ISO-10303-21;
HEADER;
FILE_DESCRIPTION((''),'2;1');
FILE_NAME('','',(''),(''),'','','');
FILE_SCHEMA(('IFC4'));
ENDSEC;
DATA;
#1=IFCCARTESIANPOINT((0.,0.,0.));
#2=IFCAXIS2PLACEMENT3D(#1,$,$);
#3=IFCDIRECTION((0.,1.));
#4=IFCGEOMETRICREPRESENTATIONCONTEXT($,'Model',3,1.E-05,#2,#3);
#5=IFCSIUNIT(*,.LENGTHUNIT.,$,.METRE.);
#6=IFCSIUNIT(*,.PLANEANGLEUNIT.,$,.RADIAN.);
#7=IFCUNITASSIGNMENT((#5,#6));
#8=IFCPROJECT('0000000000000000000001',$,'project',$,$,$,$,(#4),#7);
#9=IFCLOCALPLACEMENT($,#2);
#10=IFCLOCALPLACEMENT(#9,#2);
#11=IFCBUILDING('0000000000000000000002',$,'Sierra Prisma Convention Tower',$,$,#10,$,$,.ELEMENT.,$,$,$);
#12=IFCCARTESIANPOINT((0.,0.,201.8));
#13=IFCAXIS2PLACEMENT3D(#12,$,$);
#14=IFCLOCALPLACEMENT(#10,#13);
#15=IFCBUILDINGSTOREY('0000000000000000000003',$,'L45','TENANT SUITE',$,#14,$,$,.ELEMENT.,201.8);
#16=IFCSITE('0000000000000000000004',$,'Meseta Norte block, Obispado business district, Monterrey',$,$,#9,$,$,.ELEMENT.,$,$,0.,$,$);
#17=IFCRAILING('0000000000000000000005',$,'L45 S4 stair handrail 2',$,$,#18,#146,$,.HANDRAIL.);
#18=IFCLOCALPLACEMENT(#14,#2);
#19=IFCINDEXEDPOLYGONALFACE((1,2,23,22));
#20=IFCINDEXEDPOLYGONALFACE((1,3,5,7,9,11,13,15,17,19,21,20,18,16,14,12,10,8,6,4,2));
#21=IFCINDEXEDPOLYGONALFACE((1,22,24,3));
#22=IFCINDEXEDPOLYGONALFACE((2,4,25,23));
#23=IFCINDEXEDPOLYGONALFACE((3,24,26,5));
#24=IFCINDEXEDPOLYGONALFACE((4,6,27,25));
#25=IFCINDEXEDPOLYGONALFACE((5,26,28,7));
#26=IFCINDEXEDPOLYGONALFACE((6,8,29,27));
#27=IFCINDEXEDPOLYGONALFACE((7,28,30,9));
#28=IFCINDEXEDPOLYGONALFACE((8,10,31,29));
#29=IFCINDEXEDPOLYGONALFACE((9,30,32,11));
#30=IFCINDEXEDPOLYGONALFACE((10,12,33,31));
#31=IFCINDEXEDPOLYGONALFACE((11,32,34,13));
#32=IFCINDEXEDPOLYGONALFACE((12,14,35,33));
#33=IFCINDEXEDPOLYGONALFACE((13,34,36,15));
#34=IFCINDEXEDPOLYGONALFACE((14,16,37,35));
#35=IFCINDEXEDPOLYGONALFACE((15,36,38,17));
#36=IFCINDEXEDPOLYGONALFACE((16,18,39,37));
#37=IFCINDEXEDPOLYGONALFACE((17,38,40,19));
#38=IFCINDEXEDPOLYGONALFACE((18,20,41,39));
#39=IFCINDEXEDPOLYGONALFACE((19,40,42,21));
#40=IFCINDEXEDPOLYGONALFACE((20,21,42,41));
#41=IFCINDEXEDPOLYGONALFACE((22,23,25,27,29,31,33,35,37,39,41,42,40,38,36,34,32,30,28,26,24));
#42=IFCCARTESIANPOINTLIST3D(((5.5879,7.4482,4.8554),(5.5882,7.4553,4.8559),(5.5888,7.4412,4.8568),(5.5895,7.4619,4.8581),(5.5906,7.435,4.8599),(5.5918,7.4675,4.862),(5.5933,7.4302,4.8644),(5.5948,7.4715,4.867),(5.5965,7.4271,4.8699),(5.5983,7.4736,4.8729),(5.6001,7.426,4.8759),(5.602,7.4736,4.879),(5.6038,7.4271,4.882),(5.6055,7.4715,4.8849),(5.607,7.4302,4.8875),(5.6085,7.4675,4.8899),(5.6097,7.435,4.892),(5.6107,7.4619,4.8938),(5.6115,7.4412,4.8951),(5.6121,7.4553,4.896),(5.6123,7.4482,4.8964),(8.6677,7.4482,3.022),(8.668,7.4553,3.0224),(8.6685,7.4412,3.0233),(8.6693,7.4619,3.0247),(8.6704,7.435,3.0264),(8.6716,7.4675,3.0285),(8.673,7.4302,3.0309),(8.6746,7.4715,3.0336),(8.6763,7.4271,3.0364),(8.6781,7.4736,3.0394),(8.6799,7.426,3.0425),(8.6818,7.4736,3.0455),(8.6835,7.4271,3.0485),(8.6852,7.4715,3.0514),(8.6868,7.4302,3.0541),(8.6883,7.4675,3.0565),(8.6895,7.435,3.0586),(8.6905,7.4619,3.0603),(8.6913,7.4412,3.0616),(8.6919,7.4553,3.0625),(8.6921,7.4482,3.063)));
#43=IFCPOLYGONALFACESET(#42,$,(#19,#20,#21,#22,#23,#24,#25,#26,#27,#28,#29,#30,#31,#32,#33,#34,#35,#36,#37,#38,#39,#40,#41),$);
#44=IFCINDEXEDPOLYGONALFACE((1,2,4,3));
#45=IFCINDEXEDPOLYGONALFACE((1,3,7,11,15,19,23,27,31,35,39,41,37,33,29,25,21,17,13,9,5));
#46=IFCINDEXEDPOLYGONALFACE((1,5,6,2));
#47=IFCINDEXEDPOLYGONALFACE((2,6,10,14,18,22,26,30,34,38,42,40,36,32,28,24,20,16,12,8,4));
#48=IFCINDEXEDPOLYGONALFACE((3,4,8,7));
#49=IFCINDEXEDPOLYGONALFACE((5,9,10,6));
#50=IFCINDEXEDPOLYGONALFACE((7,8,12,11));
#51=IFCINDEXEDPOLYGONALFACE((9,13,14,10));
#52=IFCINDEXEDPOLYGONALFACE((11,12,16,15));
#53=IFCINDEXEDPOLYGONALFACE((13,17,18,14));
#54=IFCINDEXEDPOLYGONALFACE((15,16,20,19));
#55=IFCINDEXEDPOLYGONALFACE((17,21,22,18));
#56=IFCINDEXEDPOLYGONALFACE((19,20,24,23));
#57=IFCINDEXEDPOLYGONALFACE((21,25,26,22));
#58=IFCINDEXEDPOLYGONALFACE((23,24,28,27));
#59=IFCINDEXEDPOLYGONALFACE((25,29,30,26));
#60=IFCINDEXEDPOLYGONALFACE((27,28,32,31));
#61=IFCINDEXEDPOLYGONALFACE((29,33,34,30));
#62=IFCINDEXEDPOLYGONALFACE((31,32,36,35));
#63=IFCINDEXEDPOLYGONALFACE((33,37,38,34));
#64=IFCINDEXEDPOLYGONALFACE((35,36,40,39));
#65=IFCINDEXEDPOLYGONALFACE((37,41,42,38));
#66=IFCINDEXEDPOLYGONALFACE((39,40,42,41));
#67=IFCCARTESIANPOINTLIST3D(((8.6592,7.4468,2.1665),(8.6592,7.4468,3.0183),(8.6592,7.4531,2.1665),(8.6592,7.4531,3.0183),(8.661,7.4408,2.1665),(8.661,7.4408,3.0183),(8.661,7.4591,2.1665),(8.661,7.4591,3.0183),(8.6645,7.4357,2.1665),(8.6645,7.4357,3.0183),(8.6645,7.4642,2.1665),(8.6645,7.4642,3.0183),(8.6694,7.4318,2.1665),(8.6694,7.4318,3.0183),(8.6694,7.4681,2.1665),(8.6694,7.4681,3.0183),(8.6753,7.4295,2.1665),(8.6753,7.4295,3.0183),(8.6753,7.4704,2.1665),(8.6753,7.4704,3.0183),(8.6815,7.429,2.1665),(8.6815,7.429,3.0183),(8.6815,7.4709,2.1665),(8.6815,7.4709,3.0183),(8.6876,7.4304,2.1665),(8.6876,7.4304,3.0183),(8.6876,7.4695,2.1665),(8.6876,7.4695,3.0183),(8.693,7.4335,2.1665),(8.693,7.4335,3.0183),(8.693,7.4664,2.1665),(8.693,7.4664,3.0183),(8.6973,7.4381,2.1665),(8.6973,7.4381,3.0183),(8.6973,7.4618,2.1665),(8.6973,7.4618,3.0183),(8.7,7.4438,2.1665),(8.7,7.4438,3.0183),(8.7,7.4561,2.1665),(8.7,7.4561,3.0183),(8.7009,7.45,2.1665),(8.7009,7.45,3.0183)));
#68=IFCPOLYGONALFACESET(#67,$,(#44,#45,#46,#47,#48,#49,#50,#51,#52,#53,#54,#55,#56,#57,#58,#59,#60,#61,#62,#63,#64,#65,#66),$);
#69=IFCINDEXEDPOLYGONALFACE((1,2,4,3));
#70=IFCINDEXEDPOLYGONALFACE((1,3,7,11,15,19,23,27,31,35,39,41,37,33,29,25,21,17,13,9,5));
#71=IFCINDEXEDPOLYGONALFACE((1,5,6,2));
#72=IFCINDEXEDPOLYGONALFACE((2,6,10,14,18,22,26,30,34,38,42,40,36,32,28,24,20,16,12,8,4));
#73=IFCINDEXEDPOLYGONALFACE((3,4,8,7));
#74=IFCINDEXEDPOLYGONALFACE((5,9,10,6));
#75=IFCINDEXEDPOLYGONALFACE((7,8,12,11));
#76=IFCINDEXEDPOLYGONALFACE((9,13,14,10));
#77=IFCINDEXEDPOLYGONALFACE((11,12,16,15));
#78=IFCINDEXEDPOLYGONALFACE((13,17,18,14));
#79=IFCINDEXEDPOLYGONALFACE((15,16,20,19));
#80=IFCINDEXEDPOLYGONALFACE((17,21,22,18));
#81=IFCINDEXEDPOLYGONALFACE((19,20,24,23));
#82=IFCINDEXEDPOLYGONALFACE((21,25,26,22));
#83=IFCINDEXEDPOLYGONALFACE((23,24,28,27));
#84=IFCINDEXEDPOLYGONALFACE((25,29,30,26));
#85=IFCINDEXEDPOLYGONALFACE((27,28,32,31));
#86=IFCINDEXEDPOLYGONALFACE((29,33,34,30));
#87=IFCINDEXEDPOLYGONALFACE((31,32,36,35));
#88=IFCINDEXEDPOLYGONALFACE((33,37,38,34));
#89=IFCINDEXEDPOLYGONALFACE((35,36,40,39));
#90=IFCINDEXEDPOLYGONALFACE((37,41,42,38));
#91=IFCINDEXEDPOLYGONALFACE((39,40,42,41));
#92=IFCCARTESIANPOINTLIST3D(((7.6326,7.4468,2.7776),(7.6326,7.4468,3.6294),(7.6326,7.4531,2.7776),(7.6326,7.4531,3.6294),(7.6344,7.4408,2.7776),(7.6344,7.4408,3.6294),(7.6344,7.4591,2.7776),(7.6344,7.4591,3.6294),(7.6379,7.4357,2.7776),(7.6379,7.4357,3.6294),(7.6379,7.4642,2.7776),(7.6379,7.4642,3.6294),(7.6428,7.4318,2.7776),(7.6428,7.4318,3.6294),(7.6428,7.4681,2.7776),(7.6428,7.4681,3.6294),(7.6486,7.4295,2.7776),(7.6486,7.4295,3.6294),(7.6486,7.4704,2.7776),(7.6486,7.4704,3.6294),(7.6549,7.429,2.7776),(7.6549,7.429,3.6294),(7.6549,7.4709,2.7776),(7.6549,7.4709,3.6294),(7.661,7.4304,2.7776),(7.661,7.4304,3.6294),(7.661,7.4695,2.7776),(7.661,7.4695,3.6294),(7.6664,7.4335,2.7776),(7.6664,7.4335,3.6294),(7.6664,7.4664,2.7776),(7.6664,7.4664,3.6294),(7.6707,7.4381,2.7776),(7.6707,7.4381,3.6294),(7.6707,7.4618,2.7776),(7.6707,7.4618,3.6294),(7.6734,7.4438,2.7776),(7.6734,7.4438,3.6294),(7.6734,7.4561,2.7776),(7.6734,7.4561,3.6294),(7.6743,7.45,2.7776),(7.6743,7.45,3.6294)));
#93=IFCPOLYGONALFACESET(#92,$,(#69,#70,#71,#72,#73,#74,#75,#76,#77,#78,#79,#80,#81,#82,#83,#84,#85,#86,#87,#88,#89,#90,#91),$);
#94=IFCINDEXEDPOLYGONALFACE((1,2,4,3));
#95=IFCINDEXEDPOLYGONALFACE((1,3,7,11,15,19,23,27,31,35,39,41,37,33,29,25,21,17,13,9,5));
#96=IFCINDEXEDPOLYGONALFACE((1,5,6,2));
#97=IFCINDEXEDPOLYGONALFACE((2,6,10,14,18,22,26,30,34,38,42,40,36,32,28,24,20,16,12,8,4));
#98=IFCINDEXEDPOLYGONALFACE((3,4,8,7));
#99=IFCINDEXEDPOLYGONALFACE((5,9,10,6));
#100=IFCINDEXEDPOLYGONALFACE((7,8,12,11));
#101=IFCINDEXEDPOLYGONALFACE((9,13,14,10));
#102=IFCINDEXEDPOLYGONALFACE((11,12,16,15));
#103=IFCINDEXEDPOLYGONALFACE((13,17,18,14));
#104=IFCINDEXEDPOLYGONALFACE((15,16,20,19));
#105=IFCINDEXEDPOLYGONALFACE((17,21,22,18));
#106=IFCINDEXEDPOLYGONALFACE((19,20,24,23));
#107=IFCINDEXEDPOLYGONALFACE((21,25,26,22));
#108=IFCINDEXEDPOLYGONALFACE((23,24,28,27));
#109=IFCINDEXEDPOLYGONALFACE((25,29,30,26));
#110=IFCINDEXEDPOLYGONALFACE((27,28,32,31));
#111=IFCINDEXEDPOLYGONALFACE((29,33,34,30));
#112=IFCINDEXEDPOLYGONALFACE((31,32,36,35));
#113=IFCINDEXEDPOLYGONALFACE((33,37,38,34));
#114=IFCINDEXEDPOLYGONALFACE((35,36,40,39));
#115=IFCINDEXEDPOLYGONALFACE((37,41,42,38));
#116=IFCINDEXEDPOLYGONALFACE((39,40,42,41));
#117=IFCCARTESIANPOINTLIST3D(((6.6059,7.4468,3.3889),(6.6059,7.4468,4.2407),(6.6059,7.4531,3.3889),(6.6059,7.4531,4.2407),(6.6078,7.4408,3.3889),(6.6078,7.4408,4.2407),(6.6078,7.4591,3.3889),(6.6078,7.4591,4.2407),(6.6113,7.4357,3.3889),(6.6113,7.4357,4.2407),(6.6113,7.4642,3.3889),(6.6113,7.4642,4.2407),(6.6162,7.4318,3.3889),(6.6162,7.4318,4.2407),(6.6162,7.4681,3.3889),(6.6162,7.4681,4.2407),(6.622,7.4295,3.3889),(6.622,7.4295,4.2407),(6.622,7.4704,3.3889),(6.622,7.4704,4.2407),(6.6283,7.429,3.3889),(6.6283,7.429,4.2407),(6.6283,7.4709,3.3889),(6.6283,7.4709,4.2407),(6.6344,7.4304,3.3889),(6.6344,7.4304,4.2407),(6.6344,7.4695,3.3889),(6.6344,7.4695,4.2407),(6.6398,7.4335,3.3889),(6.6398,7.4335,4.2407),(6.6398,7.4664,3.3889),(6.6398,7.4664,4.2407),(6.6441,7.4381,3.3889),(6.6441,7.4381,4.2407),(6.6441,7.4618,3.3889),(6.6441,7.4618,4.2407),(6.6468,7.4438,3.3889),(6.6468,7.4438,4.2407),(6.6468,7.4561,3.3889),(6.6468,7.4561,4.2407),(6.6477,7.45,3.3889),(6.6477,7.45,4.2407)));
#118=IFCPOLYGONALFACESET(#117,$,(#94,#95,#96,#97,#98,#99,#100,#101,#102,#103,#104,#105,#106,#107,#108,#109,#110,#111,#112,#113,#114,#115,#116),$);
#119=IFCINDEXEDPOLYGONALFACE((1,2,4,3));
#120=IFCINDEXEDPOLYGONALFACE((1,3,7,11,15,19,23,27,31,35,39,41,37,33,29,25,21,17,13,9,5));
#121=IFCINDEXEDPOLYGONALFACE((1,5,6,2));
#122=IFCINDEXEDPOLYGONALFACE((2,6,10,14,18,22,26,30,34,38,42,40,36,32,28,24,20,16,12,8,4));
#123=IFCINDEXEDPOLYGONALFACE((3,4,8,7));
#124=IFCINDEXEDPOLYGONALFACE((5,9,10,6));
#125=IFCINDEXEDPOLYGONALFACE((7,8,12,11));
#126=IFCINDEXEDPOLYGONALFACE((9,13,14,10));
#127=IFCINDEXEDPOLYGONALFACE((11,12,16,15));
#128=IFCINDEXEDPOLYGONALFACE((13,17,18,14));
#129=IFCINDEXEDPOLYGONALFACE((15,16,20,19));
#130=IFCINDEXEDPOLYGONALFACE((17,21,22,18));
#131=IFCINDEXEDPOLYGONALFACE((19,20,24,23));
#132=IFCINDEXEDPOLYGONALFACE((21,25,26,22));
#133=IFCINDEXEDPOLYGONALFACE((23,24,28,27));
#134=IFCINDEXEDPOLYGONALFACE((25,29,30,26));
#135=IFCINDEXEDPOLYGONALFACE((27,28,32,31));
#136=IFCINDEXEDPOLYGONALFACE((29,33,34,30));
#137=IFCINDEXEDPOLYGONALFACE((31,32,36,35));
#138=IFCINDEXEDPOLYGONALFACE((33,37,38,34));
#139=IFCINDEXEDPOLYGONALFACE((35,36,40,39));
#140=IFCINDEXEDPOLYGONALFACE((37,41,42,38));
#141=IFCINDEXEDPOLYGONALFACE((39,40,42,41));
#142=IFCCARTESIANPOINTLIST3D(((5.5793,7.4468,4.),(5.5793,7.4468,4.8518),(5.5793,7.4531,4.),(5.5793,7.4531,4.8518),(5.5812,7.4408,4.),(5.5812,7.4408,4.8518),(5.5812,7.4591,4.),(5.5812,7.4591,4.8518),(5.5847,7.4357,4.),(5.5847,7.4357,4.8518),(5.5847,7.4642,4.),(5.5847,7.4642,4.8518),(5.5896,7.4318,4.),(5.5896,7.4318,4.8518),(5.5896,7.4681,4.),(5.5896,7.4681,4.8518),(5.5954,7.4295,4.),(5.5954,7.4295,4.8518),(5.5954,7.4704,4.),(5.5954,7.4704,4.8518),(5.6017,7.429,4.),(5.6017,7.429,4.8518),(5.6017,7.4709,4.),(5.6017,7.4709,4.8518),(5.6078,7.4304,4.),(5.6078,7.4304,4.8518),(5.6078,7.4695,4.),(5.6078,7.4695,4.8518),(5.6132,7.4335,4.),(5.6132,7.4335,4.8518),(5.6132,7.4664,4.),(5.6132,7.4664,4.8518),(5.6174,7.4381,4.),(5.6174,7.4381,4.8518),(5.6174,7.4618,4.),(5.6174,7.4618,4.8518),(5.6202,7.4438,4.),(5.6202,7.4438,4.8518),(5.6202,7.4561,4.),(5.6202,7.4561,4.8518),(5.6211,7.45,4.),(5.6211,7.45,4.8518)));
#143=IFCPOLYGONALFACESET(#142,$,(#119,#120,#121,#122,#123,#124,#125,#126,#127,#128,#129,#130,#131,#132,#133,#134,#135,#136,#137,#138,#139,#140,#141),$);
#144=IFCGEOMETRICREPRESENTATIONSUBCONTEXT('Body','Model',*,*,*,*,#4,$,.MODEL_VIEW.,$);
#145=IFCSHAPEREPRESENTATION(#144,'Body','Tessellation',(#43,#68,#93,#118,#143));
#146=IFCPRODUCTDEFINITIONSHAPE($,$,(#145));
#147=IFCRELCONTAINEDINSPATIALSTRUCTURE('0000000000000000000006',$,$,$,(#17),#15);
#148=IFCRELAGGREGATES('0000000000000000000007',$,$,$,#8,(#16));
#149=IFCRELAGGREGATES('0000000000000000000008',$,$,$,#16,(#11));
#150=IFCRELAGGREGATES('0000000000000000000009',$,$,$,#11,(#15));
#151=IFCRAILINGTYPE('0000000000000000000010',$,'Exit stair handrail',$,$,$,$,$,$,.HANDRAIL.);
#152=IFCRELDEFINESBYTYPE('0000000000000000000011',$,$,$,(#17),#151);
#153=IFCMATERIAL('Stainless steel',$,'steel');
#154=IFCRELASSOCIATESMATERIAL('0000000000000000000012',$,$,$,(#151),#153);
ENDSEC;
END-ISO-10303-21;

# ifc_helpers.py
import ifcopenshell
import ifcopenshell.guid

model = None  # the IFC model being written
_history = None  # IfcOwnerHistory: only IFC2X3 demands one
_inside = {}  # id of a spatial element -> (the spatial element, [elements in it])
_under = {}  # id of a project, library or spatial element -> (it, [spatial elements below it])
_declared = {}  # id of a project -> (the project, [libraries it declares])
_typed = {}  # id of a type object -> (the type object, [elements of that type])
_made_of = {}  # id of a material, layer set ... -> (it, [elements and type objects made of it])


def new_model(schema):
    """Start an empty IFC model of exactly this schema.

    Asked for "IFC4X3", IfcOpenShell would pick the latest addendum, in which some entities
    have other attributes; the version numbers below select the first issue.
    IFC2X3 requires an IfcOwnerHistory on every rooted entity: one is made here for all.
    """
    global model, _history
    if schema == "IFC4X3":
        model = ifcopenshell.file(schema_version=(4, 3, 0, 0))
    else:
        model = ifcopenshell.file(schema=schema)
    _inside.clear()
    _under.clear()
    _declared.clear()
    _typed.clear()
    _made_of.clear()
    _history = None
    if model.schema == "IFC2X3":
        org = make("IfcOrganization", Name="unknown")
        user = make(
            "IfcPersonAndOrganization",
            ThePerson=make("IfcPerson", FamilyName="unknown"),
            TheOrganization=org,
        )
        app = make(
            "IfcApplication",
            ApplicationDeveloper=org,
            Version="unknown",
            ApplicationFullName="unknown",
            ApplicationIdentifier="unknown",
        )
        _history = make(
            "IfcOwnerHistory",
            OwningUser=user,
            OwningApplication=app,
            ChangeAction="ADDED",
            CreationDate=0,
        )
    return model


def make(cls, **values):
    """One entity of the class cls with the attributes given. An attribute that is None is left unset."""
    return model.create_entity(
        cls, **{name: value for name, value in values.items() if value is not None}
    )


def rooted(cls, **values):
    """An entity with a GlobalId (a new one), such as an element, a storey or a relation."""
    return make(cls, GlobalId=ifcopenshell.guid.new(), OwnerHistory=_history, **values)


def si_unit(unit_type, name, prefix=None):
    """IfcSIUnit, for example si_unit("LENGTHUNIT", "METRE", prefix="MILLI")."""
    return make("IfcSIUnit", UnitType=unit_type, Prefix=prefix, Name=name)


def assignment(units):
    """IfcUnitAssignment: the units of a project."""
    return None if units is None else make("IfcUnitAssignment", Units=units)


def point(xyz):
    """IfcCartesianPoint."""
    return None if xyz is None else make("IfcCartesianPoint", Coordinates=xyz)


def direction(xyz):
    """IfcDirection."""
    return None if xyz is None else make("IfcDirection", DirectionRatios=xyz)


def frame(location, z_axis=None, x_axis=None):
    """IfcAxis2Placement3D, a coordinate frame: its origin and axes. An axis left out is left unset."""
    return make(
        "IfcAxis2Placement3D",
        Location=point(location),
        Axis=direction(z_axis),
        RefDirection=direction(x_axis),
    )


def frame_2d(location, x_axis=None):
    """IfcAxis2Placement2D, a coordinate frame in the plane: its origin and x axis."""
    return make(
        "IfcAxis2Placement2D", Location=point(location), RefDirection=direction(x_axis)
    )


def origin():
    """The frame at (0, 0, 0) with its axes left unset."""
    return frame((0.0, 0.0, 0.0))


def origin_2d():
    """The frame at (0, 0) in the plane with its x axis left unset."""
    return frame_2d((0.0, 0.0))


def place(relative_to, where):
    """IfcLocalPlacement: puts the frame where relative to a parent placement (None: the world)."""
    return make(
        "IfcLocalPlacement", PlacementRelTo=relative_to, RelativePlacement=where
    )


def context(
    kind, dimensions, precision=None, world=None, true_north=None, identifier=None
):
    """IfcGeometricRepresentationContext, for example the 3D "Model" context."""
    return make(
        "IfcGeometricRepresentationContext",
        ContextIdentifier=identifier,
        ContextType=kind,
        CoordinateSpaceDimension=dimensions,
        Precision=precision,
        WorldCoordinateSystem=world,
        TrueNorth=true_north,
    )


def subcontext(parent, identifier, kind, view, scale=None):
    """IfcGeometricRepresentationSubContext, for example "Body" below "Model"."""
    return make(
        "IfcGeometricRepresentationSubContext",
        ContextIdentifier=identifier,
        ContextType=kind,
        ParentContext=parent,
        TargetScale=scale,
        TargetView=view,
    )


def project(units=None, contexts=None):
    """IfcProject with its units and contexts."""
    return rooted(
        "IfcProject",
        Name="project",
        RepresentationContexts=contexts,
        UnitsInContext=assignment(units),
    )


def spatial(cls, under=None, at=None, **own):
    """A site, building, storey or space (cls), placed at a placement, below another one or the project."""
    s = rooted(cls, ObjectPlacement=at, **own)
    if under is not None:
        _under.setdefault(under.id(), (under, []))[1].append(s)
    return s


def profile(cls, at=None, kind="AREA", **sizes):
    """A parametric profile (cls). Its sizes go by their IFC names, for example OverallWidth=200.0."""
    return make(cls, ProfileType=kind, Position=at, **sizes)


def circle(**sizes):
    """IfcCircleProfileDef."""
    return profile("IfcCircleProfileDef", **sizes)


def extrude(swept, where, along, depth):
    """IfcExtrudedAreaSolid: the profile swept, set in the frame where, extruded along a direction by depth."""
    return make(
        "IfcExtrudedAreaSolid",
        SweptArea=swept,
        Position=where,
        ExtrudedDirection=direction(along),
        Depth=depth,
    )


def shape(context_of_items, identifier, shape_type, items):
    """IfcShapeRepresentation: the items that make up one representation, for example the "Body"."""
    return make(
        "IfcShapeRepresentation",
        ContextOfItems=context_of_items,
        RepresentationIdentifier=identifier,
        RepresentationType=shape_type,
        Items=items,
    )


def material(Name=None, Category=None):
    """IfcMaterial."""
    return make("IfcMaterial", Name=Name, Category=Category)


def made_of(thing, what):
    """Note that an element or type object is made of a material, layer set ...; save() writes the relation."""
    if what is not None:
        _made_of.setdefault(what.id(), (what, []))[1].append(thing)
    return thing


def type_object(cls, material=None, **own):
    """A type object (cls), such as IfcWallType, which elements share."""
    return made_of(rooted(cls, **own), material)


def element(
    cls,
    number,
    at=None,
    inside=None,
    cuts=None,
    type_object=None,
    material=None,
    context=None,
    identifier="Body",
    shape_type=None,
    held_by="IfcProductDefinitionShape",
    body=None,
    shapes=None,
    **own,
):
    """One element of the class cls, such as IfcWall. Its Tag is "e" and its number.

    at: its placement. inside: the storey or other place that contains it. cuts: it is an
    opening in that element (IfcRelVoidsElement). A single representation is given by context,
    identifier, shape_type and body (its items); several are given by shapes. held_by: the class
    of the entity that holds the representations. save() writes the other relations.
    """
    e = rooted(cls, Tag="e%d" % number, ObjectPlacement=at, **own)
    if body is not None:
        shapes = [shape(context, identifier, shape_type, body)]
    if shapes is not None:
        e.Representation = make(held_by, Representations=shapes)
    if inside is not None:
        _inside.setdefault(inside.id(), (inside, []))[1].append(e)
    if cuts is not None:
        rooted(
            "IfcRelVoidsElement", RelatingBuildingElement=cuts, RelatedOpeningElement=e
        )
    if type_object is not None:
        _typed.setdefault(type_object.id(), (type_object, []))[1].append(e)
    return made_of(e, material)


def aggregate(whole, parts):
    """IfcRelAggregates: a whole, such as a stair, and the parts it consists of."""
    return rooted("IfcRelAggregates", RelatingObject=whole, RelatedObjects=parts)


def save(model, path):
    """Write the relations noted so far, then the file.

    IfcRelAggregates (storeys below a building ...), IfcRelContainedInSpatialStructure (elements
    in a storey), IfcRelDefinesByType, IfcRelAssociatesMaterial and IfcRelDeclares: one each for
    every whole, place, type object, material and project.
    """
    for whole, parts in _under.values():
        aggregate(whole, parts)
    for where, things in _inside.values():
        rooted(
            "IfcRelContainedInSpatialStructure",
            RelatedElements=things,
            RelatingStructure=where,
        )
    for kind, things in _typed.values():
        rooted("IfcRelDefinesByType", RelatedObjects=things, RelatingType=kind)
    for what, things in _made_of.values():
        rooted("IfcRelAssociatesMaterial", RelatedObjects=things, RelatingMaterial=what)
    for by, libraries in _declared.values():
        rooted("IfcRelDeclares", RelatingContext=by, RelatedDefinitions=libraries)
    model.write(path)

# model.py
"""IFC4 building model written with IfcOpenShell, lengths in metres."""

from ifc_helpers import new_model, si_unit, direction, frame, origin, origin_2d, place, context, subcontext, project, spatial, circle, extrude, material, type_object, element, save


model = new_model("IFC4")

# Units and contexts
model_context = context("Model", 3, precision=1e-05, world=origin(), true_north=direction((0.0, 1.0)))
body_context = subcontext(model_context, "Body", "Model", "MODEL_VIEW")
ifc_project = project(units=[si_unit("LENGTHUNIT", "METRE"), si_unit("PLANEANGLEUNIT", "RADIAN")], contexts=[model_context])

# Site, building, storey
site_placement = place(None, origin())
site = spatial("IfcSite", under=ifc_project, at=site_placement, Name="Meseta Norte block, Obispado business district, Monterrey", CompositionType="ELEMENT", RefElevation=0.0)
building_placement = place(site_placement, origin())
building = spatial("IfcBuilding", under=site, at=building_placement, Name="Sierra Prisma Convention Tower", CompositionType="ELEMENT")
storey_placement = place(building_placement, frame((0.0, 0.0, 201.8)))
storey = spatial("IfcBuildingStorey", under=building, at=storey_placement, Name="L45", Description="TENANT SUITE", CompositionType="ELEMENT", Elevation=201.8)

# Railing
ifc_material_1 = material(Name="Stainless steel", Category="steel")
railing_type_1 = type_object("IfcRailingType", Name="Exit stair handrail", PredefinedType="HANDRAIL", material=ifc_material_1)
railing_1_placement = place(storey_placement, frame((8.6799, 7.45, 2.1665)))
element("IfcRailing", 1, at=railing_1_placement, inside=storey, type_object=railing_type_1, Name="L45 S4 stair handrail 2", PredefinedType="HANDRAIL", context=body_context, shape_type="SweptSolid", body=[
    extrude(circle(Radius=0.0239, at=origin_2d()), frame((0.0, 0.0, 0.876), z_axis=(-0.859261, 0.0, 0.511538), x_axis=(0.0, -1.0, 0.0)), (0.0, 0.0, 1.0), 3.5842),
    extrude(circle(Radius=0.021, at=origin_2d()), origin(), (0.0, 0.0, 1.0), 0.8518),
    extrude(circle(Radius=0.021, at=origin_2d()), frame((-1.0266, 0.0, 0.6111)), (0.0, 0.0, 1.0), 0.8518),
    extrude(circle(Radius=0.021, at=origin_2d()), frame((-2.0532, 0.0, 1.2224)), (0.0, 0.0, 1.0), 0.8518),
    extrude(circle(Radius=0.021, at=origin_2d()), frame((-3.0798, 0.0, 1.8335)), (0.0, 0.0, 1.0), 0.8518),
])

save(model, "model.ifc")
